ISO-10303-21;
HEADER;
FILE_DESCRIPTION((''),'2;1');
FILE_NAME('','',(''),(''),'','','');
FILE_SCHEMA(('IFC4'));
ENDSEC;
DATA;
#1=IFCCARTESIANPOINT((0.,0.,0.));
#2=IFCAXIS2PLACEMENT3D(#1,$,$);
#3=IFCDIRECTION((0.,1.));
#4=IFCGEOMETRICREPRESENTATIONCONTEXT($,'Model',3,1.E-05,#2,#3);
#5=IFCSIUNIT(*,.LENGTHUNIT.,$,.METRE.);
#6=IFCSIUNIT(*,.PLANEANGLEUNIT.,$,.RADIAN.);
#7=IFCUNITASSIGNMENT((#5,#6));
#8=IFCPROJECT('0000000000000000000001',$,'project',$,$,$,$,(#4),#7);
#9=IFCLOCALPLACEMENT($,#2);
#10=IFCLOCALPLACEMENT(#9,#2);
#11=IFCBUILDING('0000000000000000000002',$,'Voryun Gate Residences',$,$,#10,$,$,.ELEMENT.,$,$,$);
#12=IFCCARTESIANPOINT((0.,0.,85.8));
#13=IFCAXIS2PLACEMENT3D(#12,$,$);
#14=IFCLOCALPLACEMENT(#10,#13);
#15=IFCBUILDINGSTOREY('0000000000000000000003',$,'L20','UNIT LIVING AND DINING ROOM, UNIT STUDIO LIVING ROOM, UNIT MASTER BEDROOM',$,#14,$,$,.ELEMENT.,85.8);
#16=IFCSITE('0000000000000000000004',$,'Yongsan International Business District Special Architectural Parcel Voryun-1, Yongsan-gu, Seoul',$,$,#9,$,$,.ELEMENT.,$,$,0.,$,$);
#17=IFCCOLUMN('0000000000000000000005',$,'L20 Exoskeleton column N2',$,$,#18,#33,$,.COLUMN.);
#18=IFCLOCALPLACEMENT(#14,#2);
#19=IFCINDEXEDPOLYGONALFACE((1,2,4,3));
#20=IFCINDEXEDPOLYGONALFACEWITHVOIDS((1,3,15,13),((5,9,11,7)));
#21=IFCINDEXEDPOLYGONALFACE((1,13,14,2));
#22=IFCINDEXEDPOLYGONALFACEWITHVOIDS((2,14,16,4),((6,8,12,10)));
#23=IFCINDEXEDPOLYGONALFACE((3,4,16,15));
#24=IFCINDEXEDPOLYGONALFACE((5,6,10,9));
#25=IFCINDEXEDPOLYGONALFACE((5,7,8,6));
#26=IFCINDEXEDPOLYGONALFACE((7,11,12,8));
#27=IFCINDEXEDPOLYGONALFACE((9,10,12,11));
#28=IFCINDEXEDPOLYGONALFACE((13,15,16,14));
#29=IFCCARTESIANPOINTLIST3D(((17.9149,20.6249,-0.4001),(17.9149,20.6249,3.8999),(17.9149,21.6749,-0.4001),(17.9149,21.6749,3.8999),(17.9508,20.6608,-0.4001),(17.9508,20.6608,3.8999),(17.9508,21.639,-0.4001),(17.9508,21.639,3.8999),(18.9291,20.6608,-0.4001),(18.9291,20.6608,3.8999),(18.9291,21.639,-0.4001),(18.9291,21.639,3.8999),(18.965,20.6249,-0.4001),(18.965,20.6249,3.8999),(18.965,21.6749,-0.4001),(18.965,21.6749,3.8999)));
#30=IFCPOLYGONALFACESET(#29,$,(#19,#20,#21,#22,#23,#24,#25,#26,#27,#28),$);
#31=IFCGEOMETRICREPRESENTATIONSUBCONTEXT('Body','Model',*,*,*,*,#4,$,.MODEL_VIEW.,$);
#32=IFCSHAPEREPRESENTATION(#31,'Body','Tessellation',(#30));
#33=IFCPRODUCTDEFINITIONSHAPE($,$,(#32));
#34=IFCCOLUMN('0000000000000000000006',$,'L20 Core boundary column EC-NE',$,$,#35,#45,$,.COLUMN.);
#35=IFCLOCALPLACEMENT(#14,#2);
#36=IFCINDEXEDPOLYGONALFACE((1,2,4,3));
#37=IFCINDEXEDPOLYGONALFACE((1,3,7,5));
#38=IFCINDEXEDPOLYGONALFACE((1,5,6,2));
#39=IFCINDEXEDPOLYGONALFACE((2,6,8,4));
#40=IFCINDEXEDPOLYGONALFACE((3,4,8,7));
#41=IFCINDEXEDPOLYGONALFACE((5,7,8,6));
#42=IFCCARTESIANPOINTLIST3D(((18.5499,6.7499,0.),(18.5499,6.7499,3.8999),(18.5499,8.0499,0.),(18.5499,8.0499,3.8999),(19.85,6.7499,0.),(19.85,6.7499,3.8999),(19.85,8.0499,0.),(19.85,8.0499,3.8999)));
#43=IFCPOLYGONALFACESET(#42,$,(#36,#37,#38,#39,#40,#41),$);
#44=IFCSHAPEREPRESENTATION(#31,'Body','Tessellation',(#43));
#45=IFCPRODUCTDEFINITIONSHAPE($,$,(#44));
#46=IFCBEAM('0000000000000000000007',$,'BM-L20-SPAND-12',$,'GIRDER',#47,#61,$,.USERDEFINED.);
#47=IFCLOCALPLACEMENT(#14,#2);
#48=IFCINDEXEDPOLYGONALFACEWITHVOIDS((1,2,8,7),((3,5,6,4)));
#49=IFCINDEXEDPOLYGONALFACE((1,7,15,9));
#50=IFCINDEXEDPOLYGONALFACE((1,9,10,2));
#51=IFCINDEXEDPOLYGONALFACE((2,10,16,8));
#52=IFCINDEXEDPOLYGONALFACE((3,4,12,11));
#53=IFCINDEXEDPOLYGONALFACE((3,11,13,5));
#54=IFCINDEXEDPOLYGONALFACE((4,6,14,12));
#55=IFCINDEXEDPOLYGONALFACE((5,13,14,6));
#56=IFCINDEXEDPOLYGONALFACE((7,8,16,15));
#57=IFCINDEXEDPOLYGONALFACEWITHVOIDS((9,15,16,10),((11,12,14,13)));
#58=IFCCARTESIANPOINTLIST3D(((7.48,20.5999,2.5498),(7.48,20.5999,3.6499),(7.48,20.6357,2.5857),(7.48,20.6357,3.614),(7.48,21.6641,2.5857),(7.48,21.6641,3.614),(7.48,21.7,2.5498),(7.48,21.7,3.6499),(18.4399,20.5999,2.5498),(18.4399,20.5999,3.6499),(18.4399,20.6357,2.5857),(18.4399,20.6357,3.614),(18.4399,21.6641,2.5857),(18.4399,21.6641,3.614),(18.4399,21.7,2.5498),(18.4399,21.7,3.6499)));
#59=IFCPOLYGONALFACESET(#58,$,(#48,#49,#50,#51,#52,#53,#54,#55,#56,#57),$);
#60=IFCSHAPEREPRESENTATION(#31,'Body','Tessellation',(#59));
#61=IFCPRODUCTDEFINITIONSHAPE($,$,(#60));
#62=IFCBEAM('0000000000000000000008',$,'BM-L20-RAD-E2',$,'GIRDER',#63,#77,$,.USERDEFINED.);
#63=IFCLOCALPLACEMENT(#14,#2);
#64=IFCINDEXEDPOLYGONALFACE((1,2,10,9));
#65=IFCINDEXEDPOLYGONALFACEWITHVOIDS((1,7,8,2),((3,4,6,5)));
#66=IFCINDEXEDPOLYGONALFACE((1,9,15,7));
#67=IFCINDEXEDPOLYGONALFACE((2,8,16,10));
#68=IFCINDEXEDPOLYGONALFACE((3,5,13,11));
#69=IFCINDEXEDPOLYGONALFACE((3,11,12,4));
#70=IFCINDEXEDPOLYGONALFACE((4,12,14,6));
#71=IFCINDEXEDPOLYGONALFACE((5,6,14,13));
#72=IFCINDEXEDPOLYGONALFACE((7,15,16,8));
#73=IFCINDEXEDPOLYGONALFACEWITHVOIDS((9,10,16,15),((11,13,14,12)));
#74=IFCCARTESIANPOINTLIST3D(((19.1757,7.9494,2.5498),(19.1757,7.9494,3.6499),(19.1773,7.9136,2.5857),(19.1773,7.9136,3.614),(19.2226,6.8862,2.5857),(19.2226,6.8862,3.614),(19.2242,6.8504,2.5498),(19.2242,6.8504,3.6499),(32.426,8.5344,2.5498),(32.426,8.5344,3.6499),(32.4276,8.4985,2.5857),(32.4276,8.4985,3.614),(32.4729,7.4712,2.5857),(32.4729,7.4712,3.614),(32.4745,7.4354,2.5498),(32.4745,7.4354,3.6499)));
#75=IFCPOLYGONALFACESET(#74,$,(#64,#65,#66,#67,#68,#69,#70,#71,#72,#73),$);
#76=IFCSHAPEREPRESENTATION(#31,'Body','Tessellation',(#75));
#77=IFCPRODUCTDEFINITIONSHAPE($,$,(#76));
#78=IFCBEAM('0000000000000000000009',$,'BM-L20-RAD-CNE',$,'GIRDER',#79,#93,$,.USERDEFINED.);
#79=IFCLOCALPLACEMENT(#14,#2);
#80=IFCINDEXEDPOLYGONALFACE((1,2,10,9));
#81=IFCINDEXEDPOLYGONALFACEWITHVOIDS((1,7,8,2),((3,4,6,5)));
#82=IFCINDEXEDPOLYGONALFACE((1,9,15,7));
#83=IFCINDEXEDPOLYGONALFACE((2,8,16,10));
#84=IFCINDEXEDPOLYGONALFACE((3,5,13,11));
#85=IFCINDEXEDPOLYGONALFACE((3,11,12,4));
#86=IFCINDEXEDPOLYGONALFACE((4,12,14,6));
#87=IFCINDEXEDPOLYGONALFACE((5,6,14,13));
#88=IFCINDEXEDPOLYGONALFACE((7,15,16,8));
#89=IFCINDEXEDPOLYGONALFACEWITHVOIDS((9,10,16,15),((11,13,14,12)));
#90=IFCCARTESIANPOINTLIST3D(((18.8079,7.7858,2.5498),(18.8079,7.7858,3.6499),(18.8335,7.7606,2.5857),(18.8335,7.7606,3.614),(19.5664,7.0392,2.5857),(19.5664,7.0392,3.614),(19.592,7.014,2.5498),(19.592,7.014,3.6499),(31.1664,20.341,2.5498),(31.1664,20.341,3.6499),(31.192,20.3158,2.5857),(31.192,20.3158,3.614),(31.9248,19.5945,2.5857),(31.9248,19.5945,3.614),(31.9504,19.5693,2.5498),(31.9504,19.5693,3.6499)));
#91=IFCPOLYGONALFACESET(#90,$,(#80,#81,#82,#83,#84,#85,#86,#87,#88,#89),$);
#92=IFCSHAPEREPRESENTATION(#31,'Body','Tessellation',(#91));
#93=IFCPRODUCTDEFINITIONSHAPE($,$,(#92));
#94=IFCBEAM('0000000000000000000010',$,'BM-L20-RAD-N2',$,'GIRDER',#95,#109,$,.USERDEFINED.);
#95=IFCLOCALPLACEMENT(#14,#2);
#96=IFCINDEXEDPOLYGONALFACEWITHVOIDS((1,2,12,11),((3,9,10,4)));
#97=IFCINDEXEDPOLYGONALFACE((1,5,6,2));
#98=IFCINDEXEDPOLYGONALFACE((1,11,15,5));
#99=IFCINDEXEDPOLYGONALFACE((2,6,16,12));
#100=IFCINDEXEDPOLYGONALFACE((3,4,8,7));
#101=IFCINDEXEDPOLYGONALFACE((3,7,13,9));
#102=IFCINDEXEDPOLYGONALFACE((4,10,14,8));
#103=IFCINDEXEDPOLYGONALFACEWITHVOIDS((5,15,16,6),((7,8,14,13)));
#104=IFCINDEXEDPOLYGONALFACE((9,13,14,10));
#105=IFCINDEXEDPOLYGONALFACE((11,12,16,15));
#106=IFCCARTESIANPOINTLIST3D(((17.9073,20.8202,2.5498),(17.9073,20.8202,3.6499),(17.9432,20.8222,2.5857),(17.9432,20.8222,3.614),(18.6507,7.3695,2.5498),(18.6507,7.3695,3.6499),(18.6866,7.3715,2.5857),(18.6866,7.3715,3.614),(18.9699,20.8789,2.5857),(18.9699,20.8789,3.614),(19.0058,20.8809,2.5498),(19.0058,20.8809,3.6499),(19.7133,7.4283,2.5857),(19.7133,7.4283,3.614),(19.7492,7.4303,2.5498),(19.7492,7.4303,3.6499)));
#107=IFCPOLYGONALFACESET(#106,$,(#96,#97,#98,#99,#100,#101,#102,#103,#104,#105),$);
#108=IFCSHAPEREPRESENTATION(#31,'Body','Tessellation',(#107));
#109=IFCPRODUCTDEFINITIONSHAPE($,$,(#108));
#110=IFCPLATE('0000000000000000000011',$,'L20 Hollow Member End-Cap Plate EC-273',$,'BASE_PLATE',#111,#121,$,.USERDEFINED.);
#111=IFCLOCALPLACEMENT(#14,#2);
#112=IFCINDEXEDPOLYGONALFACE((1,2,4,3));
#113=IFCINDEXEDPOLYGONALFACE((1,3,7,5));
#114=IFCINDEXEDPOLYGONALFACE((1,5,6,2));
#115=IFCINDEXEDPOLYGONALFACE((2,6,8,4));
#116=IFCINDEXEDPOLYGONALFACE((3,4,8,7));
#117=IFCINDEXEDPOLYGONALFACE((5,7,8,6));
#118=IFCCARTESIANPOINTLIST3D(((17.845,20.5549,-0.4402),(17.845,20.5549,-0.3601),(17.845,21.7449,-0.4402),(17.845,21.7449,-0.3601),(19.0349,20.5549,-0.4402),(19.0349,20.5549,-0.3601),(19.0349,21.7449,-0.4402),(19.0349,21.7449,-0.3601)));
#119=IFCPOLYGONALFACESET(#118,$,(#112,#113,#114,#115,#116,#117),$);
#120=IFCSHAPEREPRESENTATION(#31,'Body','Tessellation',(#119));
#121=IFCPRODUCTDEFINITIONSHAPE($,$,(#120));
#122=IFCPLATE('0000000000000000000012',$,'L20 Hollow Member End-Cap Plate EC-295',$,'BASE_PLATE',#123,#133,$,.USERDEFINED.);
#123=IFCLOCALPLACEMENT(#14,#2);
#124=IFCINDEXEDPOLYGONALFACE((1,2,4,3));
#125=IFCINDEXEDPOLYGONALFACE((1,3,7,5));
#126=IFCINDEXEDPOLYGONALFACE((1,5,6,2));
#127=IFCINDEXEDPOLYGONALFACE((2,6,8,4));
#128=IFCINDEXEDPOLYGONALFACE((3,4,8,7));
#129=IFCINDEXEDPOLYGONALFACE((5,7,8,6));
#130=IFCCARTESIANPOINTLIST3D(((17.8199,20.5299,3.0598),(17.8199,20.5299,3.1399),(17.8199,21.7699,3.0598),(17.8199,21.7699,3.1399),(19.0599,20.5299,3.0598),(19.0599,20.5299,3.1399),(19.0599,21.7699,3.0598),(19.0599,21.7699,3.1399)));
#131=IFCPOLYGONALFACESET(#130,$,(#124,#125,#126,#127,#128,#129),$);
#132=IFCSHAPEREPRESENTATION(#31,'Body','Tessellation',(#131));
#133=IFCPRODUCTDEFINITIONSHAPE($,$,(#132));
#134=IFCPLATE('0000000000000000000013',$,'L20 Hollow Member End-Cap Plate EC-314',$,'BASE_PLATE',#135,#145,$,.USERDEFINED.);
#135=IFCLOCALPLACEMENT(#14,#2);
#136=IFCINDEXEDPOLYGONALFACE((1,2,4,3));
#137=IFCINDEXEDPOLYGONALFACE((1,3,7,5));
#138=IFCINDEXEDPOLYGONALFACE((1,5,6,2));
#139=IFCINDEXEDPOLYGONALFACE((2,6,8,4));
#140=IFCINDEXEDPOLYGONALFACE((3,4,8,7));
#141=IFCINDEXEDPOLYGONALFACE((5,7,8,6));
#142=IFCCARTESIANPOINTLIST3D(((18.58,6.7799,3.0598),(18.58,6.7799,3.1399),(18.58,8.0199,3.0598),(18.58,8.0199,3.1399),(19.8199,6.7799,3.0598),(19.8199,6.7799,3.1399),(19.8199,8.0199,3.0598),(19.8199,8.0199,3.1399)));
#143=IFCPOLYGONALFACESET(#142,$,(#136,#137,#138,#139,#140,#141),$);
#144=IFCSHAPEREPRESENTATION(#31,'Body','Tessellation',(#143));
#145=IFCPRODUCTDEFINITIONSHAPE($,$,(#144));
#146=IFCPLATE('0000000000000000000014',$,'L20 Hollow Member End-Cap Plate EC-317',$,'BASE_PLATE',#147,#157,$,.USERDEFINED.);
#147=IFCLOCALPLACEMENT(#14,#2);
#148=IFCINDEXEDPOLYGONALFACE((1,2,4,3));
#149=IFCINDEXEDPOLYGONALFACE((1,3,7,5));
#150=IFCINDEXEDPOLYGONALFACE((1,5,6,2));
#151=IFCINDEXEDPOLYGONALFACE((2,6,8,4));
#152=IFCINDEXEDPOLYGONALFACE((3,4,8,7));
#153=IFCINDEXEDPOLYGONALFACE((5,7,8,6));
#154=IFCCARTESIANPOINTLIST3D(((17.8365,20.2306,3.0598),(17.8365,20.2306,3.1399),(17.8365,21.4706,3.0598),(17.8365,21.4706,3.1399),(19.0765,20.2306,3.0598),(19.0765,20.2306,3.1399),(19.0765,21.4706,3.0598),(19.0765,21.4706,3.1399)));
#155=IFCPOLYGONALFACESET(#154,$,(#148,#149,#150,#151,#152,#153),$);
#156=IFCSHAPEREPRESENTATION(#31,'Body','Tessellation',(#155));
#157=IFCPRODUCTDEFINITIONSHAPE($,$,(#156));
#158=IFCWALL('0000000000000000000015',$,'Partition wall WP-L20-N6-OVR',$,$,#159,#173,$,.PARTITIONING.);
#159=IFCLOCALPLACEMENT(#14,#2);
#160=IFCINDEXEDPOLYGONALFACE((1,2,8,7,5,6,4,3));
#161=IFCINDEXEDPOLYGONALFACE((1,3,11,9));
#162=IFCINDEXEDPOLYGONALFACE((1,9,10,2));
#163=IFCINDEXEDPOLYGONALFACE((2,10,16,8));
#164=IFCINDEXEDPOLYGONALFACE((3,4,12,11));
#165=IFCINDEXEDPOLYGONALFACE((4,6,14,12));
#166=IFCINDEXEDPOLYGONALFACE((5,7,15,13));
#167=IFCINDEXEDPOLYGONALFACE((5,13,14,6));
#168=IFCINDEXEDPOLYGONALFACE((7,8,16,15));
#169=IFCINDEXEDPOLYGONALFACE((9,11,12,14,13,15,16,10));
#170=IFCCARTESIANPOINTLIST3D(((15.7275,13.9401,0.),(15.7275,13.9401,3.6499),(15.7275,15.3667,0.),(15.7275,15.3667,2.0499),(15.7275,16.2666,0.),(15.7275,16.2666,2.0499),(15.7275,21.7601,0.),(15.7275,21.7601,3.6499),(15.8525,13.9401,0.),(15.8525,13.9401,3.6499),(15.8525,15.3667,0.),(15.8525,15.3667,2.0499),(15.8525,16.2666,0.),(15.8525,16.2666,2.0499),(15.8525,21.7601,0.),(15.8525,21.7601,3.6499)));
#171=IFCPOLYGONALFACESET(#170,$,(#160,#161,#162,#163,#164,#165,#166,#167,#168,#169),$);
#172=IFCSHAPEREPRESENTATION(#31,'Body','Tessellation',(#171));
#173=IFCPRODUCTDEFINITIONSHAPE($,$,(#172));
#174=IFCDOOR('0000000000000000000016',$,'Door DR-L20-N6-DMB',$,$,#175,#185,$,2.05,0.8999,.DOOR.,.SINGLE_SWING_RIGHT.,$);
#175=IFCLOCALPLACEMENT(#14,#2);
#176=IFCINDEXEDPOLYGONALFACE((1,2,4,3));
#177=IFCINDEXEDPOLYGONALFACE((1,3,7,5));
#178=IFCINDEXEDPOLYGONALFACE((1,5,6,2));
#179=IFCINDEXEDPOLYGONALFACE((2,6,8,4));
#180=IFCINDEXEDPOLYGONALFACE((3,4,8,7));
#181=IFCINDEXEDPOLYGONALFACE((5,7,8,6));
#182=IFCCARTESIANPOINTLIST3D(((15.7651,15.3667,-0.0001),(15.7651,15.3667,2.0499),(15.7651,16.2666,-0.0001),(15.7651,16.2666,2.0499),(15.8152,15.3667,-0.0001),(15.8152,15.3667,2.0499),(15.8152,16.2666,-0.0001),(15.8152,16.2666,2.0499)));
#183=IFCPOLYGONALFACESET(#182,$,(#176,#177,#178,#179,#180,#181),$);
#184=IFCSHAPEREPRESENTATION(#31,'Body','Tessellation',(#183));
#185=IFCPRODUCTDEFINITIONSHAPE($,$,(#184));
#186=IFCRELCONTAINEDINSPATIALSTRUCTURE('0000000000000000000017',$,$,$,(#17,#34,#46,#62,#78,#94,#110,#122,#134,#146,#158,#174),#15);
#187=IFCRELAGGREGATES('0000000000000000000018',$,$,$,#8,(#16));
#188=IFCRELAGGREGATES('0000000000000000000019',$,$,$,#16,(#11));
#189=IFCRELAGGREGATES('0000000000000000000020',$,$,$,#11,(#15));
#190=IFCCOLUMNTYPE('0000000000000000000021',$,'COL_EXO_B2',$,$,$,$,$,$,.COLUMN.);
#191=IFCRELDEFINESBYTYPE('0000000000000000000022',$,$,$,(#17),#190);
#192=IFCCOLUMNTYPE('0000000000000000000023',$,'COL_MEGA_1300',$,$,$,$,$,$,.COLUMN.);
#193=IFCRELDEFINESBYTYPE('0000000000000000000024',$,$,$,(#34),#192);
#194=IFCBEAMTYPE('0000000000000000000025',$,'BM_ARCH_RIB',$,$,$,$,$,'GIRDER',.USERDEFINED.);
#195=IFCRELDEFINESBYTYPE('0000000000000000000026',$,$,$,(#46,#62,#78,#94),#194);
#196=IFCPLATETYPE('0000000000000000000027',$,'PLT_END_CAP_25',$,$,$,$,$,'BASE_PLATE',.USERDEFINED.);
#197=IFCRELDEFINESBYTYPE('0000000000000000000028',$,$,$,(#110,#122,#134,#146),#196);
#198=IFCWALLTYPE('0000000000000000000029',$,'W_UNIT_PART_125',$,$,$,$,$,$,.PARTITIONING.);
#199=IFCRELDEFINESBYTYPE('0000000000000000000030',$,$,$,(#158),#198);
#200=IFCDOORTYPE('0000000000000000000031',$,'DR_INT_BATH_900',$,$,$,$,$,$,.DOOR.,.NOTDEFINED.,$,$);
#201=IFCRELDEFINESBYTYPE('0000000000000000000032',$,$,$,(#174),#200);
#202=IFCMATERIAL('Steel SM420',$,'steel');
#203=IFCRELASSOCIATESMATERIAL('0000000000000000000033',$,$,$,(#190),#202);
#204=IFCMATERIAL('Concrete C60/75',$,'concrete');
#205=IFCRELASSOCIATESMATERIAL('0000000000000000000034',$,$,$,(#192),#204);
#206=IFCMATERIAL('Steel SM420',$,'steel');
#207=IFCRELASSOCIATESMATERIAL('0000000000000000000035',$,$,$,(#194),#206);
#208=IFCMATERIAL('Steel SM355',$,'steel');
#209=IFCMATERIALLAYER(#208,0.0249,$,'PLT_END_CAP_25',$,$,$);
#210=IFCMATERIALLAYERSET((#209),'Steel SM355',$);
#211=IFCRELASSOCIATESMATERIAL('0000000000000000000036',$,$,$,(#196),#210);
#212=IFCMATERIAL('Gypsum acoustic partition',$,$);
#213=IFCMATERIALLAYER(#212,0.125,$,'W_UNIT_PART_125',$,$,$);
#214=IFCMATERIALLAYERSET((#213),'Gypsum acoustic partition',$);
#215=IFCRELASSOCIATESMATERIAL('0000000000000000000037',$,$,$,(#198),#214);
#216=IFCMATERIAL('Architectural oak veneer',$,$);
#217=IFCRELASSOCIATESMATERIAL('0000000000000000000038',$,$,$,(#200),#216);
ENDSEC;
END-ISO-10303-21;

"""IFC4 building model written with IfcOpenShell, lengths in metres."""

from ifc_helpers import new_model, si_unit, direction, frame, frame_2d, origin, origin_2d, place, context, subcontext, project, spatial, rectangle, hollow_rectangle, extrude, material, layer, layer_set, material_profile, profile_set, type_object, element, fill, save


model = new_model("IFC4")

# Units and contexts
model_context = context("Model", 3, precision=1e-05, world=origin(), true_north=direction((0.0, 1.0)))
body_context = subcontext(model_context, "Body", "Model", "MODEL_VIEW")
ifc_project = project(units=[si_unit("LENGTHUNIT", "METRE"), si_unit("PLANEANGLEUNIT", "RADIAN")], contexts=[model_context])

# Site, building, storey
site_placement = place(None, origin())
site = spatial("IfcSite", under=ifc_project, at=site_placement, Name="Yongsan International Business District Special Architectural Parcel Voryun-1, Yongsan-gu, Seoul", CompositionType="ELEMENT", RefElevation=0.0)
building_placement = place(site_placement, origin())
building = spatial("IfcBuilding", under=site, at=building_placement, Name="Voryun Gate Residences", CompositionType="ELEMENT")
storey_placement = place(building_placement, frame((0.0, 0.0, 85.8)))
storey = spatial("IfcBuildingStorey", under=building, at=storey_placement, Name="L20", Description="UNIT LIVING AND DINING ROOM, UNIT STUDIO LIVING ROOM, UNIT MASTER BEDROOM", CompositionType="ELEMENT", Elevation=85.8)

# Columns
ifc_material_1 = material(Name="Steel SM420", Category="steel")
ifc_material_profile_1 = material_profile(ifc_material_1, hollow_rectangle(XDim=1.05, YDim=1.05, WallThickness=0.0359, at=origin_2d()), Name="BOX-1050x1050x36")
ifc_profile_set_1 = profile_set([ifc_material_profile_1], Name="Steel SM420")
column_type_1 = type_object("IfcColumnType", Name="COL_EXO_B2", PredefinedType="COLUMN", material=ifc_profile_set_1)
column_1_placement = place(storey_placement, frame((18.4399, 21.1499, -0.4001), z_axis=(0.0, 0.0, 1.0), x_axis=(1.0, 0.0, 0.0)))
element("IfcColumn", 1, at=column_1_placement, inside=storey, type_object=column_type_1, Name="L20 Exoskeleton column N2", PredefinedType="COLUMN", context=body_context, shape_type="SweptSolid", body=[
    extrude(hollow_rectangle(XDim=1.05, YDim=1.05, WallThickness=0.0359, at=origin_2d()), origin(), (0.0, 0.0, 1.0), 4.3),
])
ifc_material_2 = material(Name="Concrete C60/75", Category="concrete")
ifc_material_profile_2 = material_profile(ifc_material_2, rectangle(XDim=1.3, YDim=1.3, at=origin_2d()), Name="RC-1300x1300")
ifc_profile_set_2 = profile_set([ifc_material_profile_2], Name="Concrete C60/75")
column_type_2 = type_object("IfcColumnType", Name="COL_MEGA_1300", PredefinedType="COLUMN", material=ifc_profile_set_2)
column_2_placement = place(storey_placement, frame((19.2, 7.3999, 0.0), z_axis=(0.0, 0.0, 1.0), x_axis=(1.0, 0.0, 0.0)))
element("IfcColumn", 2, at=column_2_placement, inside=storey, type_object=column_type_2, Name="L20 Core boundary column EC-NE", PredefinedType="COLUMN", context=body_context, shape_type="SweptSolid", body=[
    extrude(rectangle(XDim=1.3, YDim=1.3, at=origin_2d()), origin(), (0.0, 0.0, 1.0), 3.8999),
])

# Beams
ifc_material_3 = material(Name="Steel SM420", Category="steel")
ifc_material_profile_3 = material_profile(ifc_material_3, hollow_rectangle(XDim=1.1001, YDim=1.1001, WallThickness=0.0359, at=origin_2d()), Name="BOX-1100x1100x36")
ifc_profile_set_3 = profile_set([ifc_material_profile_3], Name="Steel SM420")
beam_type = type_object("IfcBeamType", Name="BM_ARCH_RIB", ElementType="GIRDER", PredefinedType="USERDEFINED", material=ifc_profile_set_3)
beam_1_placement = place(storey_placement, frame((18.4399, 21.1499, 3.0999), z_axis=(-1.0, 0.0, 0.0), x_axis=(0.0, -1.0, 0.0)))
element("IfcBeam", 3, at=beam_1_placement, inside=storey, type_object=beam_type, Name="BM-L20-SPAND-12", ObjectType="GIRDER", PredefinedType="USERDEFINED", context=body_context, shape_type="SweptSolid", body=[
    extrude(hollow_rectangle(XDim=1.1001, YDim=1.1001, WallThickness=0.0359, at=origin_2d()), origin(), (0.0, 0.0, 1.0), 10.96),
])
beam_2_placement = place(storey_placement, frame((19.2, 7.3999, 3.0999), z_axis=(0.999027, 0.044104, 0.0), x_axis=(-0.044104, 0.999027, 0.0)))
element("IfcBeam", 4, at=beam_2_placement, inside=storey, type_object=beam_type, Name="BM-L20-RAD-E2", ObjectType="GIRDER", PredefinedType="USERDEFINED", context=body_context, shape_type="SweptSolid", body=[
    extrude(hollow_rectangle(XDim=1.1001, YDim=1.1001, WallThickness=0.0359, at=origin_2d()), origin(), (0.0, 0.0, 1.0), 13.2632),
])
beam_3_placement = place(storey_placement, frame((19.2, 7.3999, 3.0999), z_axis=(0.7015, 0.71267, 0.0), x_axis=(-0.71267, 0.7015, 0.0)))
element("IfcBeam", 5, at=beam_3_placement, inside=storey, type_object=beam_type, Name="BM-L20-RAD-CNE", ObjectType="GIRDER", PredefinedType="USERDEFINED", context=body_context, shape_type="SweptSolid", body=[
    extrude(hollow_rectangle(XDim=1.1001, YDim=1.1001, WallThickness=0.0359, at=origin_2d()), origin(), (0.0, 0.0, 1.0), 17.6172),
])
beam_4_placement = place(storey_placement, frame((19.2, 7.3999, 3.0999), z_axis=(-0.055185, 0.998476, 0.0), x_axis=(-0.998476, -0.055185, 0.0)))
element("IfcBeam", 6, at=beam_4_placement, inside=storey, type_object=beam_type, Name="BM-L20-RAD-N2", ObjectType="GIRDER", PredefinedType="USERDEFINED", context=body_context, shape_type="SweptSolid", body=[
    extrude(hollow_rectangle(XDim=1.1001, YDim=1.1001, WallThickness=0.0359, at=origin_2d()), origin(), (0.0, 0.0, 1.0), 13.4712),
])

# Plates
ifc_material_4 = material(Name="Steel SM355", Category="steel")
ifc_layer_1 = layer(ifc_material_4, 0.0249, Name="PLT_END_CAP_25")
ifc_layer_set_1 = layer_set([ifc_layer_1], Name="Steel SM355")
plate_type = type_object("IfcPlateType", Name="PLT_END_CAP_25", ElementType="BASE_PLATE", PredefinedType="USERDEFINED", material=ifc_layer_set_1)
plate_placement = place(storey_placement, frame((18.4399, 21.1499, -0.4402), z_axis=(0.0, 0.0, 1.0), x_axis=(1.0, 0.0, 0.0)))
element("IfcPlate", 7, at=plate_placement, inside=storey, type_object=plate_type, Name="L20 Hollow Member End-Cap Plate EC-273", ObjectType="BASE_PLATE", PredefinedType="USERDEFINED", context=body_context, shape_type="SweptSolid", body=[
    extrude(rectangle(XDim=1.1899, YDim=1.1899, at=origin_2d()), origin(), (0.0, 0.0, 1.0), 0.0801),
])
for number, where, z_axis, x_axis, name in (
    (8, (18.4399, 21.1499, 3.0598), (0.0, 0.0, 1.0), (1.0, 0.0, 0.0), "L20 Hollow Member End-Cap Plate EC-295"),
    (9, (19.2, 7.3999, 3.0598), (0.0, 0.0, 1.0), (1.0, 0.0, 0.0), "L20 Hollow Member End-Cap Plate EC-314"),
    (10, (18.4565, 20.8506, 3.0598), (0.0, 0.0, 1.0), (1.0, 0.0, 0.0), "L20 Hollow Member End-Cap Plate EC-317"),
):
    element("IfcPlate", number, at=place(storey_placement, frame(where, z_axis=z_axis, x_axis=x_axis)), inside=storey, type_object=plate_type, Name=name, ObjectType="BASE_PLATE", PredefinedType="USERDEFINED", context=body_context, shape_type="SweptSolid", body=[
        extrude(rectangle(XDim=1.24, YDim=1.24, at=origin_2d()), origin(), (0.0, 0.0, 1.0), 0.0801),
    ])

# Wall, opening, door
ifc_material_5 = material(Name="Gypsum acoustic partition")
ifc_layer_2 = layer(ifc_material_5, 0.125, Name="W_UNIT_PART_125")
ifc_layer_set_2 = layer_set([ifc_layer_2], Name="Gypsum acoustic partition")
wall_type_1 = type_object("IfcWallType", Name="W_UNIT_PART_125", PredefinedType="PARTITIONING", material=ifc_layer_set_2)
wall_1_placement = place(storey_placement, frame((15.79, 13.9399, 0.0), z_axis=(0.0, 0.0, 1.0), x_axis=(0.0, 1.0, 0.0)))
wall_1 = element("IfcWall", 11, at=wall_1_placement, inside=storey, type_object=wall_type_1, Name="Partition wall WP-L20-N6-OVR", PredefinedType="PARTITIONING", context=body_context, shape_type="SweptSolid", body=[
    extrude(rectangle(XDim=7.8201, YDim=0.125, at=frame_2d((3.9102, 0.0))), origin(), (0.0, 0.0, 1.0), 3.6499),
])
opening_1_placement = place(wall_1_placement, frame((1.4268, 0.0, 0.0)))
opening_1 = element("IfcOpeningElement", 12, at=opening_1_placement, cuts=wall_1, PredefinedType="OPENING", context=body_context, shape_type="SweptSolid", body=[
    extrude(rectangle(XDim=0.8999, YDim=2.05, at=frame_2d((0.45, 1.0249))), frame((0.0, 0.0725, 0.0), z_axis=(0.0, -1.0, 0.0), x_axis=(1.0, 0.0, 0.0)), (0.0, 0.0, 1.0), 0.145),
])
ifc_material_6 = material(Name="Architectural oak veneer")
door_type = type_object("IfcDoorType", Name="DR_INT_BATH_900", OperationType="NOTDEFINED", PredefinedType="DOOR", material=ifc_material_6)
door_1_placement = place(opening_1_placement, origin())
door_1 = element("IfcDoor", 13, at=door_1_placement, inside=storey, type_object=door_type, Name="Door DR-L20-N6-DMB", OperationType="SINGLE_SWING_RIGHT", OverallHeight=2.05, OverallWidth=0.8999, PredefinedType="DOOR", context=body_context, shape_type="SweptSolid", body=[
    extrude(rectangle(XDim=0.8999, YDim=2.05, at=frame_2d((0.45, 1.0249))), frame((0.0, 0.0249, 0.0), z_axis=(0.0, -1.0, 0.0), x_axis=(1.0, 0.0, 0.0)), (0.0, 0.0, 1.0), 0.05),
])
fill(opening_1, door_1)

save(model, "model.ifc")
